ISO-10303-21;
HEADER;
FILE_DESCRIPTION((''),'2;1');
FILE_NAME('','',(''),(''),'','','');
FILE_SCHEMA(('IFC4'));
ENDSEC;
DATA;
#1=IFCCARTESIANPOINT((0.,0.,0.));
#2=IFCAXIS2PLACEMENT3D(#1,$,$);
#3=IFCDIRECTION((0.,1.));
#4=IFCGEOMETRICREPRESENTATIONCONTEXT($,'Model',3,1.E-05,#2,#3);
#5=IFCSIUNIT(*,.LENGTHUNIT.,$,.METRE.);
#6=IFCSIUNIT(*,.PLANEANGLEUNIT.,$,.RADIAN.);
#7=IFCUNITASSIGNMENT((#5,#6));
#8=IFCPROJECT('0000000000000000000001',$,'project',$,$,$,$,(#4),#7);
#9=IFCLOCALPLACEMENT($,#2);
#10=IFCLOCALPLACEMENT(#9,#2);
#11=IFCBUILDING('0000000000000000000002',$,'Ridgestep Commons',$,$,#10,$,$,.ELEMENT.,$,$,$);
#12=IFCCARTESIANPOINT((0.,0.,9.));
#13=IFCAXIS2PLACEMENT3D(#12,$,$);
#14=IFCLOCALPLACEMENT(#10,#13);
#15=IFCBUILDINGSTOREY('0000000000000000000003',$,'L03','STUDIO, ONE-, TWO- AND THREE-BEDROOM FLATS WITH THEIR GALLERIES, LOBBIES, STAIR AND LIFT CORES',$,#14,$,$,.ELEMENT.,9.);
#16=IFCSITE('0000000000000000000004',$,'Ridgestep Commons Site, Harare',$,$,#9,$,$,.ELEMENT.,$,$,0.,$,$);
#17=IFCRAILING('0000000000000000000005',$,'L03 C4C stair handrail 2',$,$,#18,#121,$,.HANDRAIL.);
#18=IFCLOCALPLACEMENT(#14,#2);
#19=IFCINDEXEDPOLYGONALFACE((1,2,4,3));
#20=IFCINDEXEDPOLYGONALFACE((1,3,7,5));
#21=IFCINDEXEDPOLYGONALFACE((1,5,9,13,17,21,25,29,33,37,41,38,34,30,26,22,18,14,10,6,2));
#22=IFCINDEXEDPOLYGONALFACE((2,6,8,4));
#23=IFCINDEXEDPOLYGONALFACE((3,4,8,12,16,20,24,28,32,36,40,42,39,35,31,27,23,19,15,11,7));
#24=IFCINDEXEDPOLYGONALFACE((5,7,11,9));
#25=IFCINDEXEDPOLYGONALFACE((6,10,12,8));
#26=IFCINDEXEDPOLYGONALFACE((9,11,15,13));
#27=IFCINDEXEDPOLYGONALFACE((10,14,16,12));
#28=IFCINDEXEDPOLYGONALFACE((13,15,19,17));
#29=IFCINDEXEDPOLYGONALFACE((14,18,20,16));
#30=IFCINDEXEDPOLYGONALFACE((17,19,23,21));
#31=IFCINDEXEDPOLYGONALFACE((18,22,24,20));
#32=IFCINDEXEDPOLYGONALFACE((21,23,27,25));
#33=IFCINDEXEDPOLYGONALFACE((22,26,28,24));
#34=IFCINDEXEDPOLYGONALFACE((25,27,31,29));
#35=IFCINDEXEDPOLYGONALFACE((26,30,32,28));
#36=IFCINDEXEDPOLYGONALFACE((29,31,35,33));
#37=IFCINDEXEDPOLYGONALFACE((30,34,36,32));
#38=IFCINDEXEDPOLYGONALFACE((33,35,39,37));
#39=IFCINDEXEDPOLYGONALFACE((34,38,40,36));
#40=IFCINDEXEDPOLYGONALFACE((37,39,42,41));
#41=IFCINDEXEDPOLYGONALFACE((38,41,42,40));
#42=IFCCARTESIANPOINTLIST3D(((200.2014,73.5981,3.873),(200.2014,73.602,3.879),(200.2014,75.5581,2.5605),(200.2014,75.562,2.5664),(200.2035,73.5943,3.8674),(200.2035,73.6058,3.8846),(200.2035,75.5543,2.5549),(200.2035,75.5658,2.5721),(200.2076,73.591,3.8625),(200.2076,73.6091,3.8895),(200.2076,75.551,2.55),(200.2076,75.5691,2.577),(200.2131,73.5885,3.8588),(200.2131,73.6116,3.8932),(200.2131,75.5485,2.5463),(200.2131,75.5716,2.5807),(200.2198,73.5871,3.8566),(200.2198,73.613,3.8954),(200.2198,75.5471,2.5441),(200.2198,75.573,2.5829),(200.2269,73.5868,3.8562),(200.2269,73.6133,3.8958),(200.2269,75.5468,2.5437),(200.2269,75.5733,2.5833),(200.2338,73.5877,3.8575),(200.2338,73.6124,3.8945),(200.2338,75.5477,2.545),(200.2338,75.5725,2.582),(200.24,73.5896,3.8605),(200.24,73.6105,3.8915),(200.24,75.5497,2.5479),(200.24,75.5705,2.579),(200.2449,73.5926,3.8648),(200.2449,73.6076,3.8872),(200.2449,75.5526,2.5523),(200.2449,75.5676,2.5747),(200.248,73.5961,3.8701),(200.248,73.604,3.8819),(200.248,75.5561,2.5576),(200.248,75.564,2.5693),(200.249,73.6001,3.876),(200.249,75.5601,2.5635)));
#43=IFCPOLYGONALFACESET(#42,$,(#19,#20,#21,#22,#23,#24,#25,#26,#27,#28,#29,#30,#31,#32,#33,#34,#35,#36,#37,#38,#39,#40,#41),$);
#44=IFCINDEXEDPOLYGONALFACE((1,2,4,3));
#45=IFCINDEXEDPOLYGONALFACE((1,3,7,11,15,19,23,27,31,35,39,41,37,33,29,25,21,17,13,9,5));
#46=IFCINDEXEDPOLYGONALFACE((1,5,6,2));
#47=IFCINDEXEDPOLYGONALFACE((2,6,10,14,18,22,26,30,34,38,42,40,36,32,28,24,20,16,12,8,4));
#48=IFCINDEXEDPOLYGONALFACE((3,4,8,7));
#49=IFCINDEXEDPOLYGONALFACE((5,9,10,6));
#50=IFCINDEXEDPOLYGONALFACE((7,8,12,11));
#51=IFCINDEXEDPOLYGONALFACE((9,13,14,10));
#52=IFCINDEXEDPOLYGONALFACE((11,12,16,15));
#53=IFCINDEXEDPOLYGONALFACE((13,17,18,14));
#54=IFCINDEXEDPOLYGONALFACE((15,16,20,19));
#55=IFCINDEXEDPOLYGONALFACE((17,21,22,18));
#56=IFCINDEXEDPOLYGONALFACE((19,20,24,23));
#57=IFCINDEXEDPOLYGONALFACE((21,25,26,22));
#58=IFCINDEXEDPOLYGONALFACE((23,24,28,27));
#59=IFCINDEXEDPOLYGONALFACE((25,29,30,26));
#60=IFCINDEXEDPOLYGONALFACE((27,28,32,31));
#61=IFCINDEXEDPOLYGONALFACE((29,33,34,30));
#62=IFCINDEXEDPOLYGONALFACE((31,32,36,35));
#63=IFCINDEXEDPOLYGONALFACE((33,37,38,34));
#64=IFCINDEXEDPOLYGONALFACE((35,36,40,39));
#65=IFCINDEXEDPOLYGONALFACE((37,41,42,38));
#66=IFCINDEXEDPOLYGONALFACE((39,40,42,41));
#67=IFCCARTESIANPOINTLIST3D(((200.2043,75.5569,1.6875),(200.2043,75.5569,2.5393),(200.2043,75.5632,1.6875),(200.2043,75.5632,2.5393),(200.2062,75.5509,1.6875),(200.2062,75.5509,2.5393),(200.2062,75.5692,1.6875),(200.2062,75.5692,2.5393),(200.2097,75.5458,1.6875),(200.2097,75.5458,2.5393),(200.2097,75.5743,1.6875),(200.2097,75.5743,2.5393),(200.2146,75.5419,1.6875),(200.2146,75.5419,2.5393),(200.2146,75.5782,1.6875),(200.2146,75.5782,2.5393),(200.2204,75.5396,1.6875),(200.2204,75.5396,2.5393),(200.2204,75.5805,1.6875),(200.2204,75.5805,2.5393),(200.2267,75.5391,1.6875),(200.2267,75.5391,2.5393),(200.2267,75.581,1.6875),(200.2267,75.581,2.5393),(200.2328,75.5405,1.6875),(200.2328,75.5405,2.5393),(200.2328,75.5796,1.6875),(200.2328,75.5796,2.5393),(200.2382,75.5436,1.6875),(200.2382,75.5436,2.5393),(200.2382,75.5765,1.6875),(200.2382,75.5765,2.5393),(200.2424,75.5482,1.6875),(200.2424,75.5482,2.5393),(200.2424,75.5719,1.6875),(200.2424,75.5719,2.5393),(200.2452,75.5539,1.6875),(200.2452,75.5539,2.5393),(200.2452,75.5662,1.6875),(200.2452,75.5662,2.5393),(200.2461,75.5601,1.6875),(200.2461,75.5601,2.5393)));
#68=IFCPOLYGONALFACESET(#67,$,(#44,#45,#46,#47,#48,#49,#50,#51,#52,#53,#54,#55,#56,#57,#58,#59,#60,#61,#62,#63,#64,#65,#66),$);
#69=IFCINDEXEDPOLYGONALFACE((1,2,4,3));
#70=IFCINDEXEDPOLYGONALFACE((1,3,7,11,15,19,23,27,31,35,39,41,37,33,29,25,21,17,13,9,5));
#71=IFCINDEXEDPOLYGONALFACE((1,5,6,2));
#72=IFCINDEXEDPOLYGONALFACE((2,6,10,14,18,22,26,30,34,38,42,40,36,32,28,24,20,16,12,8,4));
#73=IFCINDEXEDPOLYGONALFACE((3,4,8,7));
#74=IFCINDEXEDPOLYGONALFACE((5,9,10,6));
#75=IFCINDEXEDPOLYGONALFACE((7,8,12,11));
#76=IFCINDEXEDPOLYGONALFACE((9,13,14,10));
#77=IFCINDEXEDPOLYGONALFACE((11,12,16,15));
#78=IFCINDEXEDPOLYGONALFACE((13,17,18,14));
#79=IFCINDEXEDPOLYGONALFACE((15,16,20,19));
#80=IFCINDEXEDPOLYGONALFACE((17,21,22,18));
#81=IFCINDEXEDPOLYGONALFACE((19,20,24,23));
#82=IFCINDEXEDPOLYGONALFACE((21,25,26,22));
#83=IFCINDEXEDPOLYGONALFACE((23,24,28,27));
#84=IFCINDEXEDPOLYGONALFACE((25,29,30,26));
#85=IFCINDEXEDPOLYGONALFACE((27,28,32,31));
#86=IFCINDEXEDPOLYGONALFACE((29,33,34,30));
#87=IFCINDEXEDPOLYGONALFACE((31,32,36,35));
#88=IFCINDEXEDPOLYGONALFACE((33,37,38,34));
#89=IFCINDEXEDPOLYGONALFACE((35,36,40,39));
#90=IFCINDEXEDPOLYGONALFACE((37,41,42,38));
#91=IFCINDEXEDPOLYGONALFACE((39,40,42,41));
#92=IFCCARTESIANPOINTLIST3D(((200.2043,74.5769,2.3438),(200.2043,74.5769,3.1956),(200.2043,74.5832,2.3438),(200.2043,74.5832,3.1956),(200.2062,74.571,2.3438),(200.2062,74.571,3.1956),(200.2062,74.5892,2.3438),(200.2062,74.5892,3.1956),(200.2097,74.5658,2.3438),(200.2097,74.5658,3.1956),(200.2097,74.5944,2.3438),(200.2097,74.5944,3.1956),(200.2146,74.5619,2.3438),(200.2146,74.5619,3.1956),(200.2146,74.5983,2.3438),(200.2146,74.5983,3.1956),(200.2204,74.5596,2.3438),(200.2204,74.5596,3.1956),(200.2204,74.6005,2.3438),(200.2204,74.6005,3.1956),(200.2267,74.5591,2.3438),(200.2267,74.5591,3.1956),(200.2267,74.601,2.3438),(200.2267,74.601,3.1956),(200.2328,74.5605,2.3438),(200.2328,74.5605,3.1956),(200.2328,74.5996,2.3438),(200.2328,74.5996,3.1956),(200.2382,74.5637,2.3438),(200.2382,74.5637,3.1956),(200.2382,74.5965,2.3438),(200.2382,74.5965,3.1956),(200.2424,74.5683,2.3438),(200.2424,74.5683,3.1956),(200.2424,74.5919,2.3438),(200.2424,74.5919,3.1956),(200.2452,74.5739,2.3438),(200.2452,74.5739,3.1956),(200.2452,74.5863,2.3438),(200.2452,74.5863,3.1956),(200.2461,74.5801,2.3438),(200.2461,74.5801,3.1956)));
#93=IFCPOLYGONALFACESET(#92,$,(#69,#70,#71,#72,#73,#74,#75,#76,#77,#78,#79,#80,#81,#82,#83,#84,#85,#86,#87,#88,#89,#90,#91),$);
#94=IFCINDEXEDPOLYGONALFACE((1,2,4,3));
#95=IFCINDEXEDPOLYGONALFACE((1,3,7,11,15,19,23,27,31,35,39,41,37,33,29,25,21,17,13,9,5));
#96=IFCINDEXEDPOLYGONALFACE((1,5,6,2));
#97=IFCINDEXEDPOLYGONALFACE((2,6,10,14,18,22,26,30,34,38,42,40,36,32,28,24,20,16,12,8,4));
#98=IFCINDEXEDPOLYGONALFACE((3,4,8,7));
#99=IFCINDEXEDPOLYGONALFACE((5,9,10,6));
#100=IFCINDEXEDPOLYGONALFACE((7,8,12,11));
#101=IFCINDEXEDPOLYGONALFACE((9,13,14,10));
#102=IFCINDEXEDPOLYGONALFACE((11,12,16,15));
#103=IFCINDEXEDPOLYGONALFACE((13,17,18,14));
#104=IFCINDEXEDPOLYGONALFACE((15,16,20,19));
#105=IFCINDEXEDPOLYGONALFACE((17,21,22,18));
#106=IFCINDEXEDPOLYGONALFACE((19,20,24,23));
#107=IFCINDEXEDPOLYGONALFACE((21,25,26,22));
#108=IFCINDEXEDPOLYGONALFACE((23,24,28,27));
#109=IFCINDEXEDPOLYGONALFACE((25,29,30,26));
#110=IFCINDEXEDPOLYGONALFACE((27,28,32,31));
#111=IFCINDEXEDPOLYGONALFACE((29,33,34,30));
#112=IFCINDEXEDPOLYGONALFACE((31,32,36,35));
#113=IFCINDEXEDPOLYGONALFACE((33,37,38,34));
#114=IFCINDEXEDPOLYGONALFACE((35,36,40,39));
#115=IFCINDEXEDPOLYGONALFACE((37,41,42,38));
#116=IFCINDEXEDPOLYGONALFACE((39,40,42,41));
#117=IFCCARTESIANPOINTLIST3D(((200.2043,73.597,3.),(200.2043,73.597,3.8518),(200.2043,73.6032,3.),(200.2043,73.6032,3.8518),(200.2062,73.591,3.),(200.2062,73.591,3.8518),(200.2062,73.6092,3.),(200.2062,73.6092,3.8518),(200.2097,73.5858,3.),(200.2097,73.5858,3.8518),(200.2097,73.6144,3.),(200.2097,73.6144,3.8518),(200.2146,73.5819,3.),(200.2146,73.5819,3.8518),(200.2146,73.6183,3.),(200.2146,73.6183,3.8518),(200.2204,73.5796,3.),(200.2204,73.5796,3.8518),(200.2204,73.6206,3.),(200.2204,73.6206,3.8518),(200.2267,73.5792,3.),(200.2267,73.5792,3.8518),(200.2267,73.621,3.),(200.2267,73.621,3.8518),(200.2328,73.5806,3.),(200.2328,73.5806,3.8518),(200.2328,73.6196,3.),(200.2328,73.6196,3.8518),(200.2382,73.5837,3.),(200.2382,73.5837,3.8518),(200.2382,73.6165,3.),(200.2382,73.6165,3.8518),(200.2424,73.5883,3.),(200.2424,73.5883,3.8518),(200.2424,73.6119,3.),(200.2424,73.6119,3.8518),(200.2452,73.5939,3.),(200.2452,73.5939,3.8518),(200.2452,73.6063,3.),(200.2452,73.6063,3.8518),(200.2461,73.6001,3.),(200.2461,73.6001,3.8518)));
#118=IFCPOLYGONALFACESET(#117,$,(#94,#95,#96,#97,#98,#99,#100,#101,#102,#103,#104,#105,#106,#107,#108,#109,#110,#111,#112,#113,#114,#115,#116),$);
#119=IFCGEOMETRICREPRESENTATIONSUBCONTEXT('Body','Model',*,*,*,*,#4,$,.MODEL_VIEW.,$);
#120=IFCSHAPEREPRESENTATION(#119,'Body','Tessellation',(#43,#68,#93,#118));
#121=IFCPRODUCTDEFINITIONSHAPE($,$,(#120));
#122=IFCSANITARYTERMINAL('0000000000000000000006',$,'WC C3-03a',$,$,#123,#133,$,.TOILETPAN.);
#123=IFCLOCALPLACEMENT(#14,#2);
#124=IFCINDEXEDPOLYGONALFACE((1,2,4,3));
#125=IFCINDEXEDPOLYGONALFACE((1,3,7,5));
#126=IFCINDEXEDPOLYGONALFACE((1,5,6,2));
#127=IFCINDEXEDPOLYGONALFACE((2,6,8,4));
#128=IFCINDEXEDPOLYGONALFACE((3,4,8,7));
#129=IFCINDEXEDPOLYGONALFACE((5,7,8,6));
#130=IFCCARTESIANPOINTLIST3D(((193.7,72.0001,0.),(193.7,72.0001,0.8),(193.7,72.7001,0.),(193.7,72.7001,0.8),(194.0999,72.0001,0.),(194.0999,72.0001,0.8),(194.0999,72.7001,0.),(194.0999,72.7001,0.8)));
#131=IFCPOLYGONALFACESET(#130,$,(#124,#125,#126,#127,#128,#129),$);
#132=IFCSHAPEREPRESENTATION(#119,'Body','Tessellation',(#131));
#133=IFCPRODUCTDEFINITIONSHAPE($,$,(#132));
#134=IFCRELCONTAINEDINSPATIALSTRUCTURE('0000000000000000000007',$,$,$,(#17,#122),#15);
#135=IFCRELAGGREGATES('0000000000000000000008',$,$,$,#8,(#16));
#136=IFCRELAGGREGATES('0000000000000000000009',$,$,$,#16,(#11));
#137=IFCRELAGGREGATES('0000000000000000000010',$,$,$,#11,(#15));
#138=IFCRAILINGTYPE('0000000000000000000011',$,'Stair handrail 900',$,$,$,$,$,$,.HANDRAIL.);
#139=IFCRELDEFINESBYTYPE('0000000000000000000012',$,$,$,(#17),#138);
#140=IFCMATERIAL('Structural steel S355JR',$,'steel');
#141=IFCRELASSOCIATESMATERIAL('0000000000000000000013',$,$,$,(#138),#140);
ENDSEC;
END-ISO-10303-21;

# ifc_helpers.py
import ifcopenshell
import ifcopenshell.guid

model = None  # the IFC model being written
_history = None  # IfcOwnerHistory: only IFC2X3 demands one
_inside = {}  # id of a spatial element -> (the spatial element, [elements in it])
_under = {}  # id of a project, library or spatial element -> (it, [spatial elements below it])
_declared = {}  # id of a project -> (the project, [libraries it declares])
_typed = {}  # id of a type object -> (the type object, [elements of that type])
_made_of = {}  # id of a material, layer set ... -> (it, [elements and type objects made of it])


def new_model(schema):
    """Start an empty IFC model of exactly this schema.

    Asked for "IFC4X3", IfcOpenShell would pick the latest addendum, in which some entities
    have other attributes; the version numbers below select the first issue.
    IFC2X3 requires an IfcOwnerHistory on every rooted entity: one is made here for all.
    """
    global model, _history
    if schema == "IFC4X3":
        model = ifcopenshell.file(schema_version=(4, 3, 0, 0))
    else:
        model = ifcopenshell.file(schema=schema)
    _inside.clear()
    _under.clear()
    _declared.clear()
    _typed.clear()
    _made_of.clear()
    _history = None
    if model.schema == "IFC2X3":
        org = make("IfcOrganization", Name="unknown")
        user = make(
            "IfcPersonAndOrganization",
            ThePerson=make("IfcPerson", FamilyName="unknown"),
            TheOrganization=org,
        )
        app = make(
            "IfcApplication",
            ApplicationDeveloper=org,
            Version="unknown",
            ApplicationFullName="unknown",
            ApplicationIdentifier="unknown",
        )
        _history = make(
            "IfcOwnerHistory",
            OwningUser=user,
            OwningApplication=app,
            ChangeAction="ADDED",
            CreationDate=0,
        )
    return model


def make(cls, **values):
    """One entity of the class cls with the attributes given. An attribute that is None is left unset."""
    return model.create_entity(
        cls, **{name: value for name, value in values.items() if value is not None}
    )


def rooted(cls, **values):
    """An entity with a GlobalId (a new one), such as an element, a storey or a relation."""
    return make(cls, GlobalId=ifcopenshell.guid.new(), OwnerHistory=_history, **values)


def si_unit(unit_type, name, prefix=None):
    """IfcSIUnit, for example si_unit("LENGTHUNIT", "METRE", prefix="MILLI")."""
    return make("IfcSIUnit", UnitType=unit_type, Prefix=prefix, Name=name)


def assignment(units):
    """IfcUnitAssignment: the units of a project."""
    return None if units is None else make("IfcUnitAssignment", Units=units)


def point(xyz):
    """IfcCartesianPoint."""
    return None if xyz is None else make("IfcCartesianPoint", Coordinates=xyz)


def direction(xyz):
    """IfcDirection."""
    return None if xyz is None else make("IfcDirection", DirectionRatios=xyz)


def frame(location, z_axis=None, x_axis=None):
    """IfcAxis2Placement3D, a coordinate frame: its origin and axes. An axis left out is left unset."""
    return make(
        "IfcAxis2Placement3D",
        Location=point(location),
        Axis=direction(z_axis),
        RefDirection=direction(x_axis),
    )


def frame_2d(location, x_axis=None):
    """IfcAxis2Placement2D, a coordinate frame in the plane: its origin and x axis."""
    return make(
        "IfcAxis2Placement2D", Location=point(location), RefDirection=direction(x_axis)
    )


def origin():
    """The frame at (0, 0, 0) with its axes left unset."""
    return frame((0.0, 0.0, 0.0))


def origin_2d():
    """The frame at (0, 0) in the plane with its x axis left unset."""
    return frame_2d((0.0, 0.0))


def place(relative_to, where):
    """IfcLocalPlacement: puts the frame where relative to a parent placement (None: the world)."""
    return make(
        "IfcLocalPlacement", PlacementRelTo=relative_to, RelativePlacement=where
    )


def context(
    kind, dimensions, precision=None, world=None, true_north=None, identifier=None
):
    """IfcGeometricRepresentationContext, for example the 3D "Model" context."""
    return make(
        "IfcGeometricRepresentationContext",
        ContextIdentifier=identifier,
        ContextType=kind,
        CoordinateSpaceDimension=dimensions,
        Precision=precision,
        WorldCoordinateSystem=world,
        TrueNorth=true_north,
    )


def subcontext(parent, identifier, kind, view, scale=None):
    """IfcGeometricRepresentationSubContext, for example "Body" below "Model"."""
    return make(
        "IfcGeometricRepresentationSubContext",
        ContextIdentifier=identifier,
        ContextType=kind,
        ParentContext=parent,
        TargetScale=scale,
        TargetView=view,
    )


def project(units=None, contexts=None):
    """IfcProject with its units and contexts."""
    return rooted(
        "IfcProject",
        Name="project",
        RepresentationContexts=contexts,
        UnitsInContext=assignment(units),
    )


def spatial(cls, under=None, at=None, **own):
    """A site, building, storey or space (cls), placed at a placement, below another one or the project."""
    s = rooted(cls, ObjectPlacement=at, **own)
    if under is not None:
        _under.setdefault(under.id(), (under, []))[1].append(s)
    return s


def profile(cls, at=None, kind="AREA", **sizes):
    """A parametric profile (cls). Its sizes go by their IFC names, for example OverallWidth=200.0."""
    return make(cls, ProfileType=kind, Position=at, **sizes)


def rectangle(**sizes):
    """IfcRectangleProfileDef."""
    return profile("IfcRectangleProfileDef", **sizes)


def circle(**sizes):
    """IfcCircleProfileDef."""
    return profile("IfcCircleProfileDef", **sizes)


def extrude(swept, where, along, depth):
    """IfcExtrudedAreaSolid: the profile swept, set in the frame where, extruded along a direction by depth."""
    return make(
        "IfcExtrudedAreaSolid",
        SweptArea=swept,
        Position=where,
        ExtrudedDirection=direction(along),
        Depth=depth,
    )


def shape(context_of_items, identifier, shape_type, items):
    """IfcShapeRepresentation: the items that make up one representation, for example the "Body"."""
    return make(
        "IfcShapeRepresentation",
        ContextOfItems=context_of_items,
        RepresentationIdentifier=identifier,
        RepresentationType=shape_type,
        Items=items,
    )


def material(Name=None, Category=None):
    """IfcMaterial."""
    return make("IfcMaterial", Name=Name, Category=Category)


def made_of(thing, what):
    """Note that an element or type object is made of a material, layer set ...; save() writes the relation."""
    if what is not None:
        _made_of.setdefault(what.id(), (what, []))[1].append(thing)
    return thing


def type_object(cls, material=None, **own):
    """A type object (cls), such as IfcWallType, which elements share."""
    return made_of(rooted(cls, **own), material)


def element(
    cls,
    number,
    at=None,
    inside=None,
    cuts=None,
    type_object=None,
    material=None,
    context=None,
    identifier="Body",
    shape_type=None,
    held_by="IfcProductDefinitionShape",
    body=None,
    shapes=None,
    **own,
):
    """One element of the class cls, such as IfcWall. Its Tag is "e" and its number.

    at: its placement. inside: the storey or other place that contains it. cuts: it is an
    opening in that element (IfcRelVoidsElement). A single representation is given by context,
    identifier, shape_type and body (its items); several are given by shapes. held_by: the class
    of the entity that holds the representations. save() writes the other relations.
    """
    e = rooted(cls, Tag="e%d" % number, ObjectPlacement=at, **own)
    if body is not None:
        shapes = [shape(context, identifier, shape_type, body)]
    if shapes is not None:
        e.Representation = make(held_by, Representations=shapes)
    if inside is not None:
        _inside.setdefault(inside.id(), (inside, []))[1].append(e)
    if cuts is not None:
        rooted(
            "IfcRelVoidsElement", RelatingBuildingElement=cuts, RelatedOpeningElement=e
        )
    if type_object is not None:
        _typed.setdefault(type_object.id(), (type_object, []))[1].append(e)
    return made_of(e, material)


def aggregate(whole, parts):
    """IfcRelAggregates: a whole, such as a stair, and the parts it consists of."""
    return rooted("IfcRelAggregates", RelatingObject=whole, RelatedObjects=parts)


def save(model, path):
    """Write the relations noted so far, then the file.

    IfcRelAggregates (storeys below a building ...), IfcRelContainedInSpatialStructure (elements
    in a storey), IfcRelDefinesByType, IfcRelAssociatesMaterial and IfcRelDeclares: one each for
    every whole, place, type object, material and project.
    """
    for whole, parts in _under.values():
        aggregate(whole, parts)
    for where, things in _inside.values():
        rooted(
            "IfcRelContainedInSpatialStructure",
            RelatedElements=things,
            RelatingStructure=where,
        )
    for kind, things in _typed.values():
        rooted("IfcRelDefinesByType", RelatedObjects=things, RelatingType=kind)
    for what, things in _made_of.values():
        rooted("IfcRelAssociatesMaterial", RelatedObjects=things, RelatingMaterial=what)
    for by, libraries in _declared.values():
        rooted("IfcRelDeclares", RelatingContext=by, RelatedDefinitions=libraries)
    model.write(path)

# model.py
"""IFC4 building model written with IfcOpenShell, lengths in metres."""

from ifc_helpers import new_model, si_unit, direction, frame, origin, origin_2d, place, context, subcontext, project, spatial, rectangle, circle, extrude, material, type_object, element, save


model = new_model("IFC4")

# Units and contexts
model_context = context("Model", 3, precision=1e-05, world=origin(), true_north=direction((0.0, 1.0)))
body_context = subcontext(model_context, "Body", "Model", "MODEL_VIEW")
ifc_project = project(units=[si_unit("LENGTHUNIT", "METRE"), si_unit("PLANEANGLEUNIT", "RADIAN")], contexts=[model_context])

# Site, building, storey
site_placement = place(None, origin())
site = spatial("IfcSite", under=ifc_project, at=site_placement, Name="Ridgestep Commons Site, Harare", CompositionType="ELEMENT", RefElevation=0.0)
building_placement = place(site_placement, origin())
building = spatial("IfcBuilding", under=site, at=building_placement, Name="Ridgestep Commons", CompositionType="ELEMENT")
storey_placement = place(building_placement, frame((0.0, 0.0, 9.0)))
storey = spatial("IfcBuildingStorey", under=building, at=storey_placement, Name="L03", Description="STUDIO, ONE-, TWO- AND THREE-BEDROOM FLATS WITH THEIR GALLERIES, LOBBIES, STAIR AND LIFT CORES", CompositionType="ELEMENT", Elevation=9.0)

# Railing
ifc_material_1 = material(Name="Structural steel S355JR", Category="steel")
railing_type_1 = type_object("IfcRailingType", Name="Stair handrail 900", PredefinedType="HANDRAIL", material=ifc_material_1)
railing_1_placement = place(storey_placement, frame((200.2251, 75.5601, 1.6875)))
element("IfcRailing", 1, at=railing_1_placement, inside=storey, type_object=railing_type_1, Name="L03 C4C stair handrail 2", PredefinedType="HANDRAIL", context=body_context, shape_type="SweptSolid", body=[
    extrude(circle(Radius=0.0239, at=origin_2d()), frame((0.0, 0.0, 0.876), z_axis=(0.0, -0.830902, 0.556419), x_axis=(1.0, 0.0, 0.0)), (0.0, 0.0, 1.0), 2.3589),
    extrude(circle(Radius=0.021, at=origin_2d()), origin(), (0.0, 0.0, 1.0), 0.8518),
    extrude(circle(Radius=0.021, at=origin_2d()), frame((0.0, -0.98, 0.6562)), (0.0, 0.0, 1.0), 0.8518),
    extrude(circle(Radius=0.021, at=origin_2d()), frame((0.0, -1.96, 1.3125)), (0.0, 0.0, 1.0), 0.8518),
])

# Sanitary terminal
sanitary_terminal_placement = place(storey_placement, frame((193.8999, 72.3501, 0.0), z_axis=(0.0, 0.0, 1.0), x_axis=(1.0, 0.0, 0.0)))
element("IfcSanitaryTerminal", 2, at=sanitary_terminal_placement, inside=storey, Name="WC C3-03a", PredefinedType="TOILETPAN", context=body_context, shape_type="SweptSolid", body=[
    extrude(rectangle(XDim=0.3999, YDim=0.7, at=origin_2d()), origin(), (0.0, 0.0, 1.0), 0.8),
])

save(model, "model.ifc")
